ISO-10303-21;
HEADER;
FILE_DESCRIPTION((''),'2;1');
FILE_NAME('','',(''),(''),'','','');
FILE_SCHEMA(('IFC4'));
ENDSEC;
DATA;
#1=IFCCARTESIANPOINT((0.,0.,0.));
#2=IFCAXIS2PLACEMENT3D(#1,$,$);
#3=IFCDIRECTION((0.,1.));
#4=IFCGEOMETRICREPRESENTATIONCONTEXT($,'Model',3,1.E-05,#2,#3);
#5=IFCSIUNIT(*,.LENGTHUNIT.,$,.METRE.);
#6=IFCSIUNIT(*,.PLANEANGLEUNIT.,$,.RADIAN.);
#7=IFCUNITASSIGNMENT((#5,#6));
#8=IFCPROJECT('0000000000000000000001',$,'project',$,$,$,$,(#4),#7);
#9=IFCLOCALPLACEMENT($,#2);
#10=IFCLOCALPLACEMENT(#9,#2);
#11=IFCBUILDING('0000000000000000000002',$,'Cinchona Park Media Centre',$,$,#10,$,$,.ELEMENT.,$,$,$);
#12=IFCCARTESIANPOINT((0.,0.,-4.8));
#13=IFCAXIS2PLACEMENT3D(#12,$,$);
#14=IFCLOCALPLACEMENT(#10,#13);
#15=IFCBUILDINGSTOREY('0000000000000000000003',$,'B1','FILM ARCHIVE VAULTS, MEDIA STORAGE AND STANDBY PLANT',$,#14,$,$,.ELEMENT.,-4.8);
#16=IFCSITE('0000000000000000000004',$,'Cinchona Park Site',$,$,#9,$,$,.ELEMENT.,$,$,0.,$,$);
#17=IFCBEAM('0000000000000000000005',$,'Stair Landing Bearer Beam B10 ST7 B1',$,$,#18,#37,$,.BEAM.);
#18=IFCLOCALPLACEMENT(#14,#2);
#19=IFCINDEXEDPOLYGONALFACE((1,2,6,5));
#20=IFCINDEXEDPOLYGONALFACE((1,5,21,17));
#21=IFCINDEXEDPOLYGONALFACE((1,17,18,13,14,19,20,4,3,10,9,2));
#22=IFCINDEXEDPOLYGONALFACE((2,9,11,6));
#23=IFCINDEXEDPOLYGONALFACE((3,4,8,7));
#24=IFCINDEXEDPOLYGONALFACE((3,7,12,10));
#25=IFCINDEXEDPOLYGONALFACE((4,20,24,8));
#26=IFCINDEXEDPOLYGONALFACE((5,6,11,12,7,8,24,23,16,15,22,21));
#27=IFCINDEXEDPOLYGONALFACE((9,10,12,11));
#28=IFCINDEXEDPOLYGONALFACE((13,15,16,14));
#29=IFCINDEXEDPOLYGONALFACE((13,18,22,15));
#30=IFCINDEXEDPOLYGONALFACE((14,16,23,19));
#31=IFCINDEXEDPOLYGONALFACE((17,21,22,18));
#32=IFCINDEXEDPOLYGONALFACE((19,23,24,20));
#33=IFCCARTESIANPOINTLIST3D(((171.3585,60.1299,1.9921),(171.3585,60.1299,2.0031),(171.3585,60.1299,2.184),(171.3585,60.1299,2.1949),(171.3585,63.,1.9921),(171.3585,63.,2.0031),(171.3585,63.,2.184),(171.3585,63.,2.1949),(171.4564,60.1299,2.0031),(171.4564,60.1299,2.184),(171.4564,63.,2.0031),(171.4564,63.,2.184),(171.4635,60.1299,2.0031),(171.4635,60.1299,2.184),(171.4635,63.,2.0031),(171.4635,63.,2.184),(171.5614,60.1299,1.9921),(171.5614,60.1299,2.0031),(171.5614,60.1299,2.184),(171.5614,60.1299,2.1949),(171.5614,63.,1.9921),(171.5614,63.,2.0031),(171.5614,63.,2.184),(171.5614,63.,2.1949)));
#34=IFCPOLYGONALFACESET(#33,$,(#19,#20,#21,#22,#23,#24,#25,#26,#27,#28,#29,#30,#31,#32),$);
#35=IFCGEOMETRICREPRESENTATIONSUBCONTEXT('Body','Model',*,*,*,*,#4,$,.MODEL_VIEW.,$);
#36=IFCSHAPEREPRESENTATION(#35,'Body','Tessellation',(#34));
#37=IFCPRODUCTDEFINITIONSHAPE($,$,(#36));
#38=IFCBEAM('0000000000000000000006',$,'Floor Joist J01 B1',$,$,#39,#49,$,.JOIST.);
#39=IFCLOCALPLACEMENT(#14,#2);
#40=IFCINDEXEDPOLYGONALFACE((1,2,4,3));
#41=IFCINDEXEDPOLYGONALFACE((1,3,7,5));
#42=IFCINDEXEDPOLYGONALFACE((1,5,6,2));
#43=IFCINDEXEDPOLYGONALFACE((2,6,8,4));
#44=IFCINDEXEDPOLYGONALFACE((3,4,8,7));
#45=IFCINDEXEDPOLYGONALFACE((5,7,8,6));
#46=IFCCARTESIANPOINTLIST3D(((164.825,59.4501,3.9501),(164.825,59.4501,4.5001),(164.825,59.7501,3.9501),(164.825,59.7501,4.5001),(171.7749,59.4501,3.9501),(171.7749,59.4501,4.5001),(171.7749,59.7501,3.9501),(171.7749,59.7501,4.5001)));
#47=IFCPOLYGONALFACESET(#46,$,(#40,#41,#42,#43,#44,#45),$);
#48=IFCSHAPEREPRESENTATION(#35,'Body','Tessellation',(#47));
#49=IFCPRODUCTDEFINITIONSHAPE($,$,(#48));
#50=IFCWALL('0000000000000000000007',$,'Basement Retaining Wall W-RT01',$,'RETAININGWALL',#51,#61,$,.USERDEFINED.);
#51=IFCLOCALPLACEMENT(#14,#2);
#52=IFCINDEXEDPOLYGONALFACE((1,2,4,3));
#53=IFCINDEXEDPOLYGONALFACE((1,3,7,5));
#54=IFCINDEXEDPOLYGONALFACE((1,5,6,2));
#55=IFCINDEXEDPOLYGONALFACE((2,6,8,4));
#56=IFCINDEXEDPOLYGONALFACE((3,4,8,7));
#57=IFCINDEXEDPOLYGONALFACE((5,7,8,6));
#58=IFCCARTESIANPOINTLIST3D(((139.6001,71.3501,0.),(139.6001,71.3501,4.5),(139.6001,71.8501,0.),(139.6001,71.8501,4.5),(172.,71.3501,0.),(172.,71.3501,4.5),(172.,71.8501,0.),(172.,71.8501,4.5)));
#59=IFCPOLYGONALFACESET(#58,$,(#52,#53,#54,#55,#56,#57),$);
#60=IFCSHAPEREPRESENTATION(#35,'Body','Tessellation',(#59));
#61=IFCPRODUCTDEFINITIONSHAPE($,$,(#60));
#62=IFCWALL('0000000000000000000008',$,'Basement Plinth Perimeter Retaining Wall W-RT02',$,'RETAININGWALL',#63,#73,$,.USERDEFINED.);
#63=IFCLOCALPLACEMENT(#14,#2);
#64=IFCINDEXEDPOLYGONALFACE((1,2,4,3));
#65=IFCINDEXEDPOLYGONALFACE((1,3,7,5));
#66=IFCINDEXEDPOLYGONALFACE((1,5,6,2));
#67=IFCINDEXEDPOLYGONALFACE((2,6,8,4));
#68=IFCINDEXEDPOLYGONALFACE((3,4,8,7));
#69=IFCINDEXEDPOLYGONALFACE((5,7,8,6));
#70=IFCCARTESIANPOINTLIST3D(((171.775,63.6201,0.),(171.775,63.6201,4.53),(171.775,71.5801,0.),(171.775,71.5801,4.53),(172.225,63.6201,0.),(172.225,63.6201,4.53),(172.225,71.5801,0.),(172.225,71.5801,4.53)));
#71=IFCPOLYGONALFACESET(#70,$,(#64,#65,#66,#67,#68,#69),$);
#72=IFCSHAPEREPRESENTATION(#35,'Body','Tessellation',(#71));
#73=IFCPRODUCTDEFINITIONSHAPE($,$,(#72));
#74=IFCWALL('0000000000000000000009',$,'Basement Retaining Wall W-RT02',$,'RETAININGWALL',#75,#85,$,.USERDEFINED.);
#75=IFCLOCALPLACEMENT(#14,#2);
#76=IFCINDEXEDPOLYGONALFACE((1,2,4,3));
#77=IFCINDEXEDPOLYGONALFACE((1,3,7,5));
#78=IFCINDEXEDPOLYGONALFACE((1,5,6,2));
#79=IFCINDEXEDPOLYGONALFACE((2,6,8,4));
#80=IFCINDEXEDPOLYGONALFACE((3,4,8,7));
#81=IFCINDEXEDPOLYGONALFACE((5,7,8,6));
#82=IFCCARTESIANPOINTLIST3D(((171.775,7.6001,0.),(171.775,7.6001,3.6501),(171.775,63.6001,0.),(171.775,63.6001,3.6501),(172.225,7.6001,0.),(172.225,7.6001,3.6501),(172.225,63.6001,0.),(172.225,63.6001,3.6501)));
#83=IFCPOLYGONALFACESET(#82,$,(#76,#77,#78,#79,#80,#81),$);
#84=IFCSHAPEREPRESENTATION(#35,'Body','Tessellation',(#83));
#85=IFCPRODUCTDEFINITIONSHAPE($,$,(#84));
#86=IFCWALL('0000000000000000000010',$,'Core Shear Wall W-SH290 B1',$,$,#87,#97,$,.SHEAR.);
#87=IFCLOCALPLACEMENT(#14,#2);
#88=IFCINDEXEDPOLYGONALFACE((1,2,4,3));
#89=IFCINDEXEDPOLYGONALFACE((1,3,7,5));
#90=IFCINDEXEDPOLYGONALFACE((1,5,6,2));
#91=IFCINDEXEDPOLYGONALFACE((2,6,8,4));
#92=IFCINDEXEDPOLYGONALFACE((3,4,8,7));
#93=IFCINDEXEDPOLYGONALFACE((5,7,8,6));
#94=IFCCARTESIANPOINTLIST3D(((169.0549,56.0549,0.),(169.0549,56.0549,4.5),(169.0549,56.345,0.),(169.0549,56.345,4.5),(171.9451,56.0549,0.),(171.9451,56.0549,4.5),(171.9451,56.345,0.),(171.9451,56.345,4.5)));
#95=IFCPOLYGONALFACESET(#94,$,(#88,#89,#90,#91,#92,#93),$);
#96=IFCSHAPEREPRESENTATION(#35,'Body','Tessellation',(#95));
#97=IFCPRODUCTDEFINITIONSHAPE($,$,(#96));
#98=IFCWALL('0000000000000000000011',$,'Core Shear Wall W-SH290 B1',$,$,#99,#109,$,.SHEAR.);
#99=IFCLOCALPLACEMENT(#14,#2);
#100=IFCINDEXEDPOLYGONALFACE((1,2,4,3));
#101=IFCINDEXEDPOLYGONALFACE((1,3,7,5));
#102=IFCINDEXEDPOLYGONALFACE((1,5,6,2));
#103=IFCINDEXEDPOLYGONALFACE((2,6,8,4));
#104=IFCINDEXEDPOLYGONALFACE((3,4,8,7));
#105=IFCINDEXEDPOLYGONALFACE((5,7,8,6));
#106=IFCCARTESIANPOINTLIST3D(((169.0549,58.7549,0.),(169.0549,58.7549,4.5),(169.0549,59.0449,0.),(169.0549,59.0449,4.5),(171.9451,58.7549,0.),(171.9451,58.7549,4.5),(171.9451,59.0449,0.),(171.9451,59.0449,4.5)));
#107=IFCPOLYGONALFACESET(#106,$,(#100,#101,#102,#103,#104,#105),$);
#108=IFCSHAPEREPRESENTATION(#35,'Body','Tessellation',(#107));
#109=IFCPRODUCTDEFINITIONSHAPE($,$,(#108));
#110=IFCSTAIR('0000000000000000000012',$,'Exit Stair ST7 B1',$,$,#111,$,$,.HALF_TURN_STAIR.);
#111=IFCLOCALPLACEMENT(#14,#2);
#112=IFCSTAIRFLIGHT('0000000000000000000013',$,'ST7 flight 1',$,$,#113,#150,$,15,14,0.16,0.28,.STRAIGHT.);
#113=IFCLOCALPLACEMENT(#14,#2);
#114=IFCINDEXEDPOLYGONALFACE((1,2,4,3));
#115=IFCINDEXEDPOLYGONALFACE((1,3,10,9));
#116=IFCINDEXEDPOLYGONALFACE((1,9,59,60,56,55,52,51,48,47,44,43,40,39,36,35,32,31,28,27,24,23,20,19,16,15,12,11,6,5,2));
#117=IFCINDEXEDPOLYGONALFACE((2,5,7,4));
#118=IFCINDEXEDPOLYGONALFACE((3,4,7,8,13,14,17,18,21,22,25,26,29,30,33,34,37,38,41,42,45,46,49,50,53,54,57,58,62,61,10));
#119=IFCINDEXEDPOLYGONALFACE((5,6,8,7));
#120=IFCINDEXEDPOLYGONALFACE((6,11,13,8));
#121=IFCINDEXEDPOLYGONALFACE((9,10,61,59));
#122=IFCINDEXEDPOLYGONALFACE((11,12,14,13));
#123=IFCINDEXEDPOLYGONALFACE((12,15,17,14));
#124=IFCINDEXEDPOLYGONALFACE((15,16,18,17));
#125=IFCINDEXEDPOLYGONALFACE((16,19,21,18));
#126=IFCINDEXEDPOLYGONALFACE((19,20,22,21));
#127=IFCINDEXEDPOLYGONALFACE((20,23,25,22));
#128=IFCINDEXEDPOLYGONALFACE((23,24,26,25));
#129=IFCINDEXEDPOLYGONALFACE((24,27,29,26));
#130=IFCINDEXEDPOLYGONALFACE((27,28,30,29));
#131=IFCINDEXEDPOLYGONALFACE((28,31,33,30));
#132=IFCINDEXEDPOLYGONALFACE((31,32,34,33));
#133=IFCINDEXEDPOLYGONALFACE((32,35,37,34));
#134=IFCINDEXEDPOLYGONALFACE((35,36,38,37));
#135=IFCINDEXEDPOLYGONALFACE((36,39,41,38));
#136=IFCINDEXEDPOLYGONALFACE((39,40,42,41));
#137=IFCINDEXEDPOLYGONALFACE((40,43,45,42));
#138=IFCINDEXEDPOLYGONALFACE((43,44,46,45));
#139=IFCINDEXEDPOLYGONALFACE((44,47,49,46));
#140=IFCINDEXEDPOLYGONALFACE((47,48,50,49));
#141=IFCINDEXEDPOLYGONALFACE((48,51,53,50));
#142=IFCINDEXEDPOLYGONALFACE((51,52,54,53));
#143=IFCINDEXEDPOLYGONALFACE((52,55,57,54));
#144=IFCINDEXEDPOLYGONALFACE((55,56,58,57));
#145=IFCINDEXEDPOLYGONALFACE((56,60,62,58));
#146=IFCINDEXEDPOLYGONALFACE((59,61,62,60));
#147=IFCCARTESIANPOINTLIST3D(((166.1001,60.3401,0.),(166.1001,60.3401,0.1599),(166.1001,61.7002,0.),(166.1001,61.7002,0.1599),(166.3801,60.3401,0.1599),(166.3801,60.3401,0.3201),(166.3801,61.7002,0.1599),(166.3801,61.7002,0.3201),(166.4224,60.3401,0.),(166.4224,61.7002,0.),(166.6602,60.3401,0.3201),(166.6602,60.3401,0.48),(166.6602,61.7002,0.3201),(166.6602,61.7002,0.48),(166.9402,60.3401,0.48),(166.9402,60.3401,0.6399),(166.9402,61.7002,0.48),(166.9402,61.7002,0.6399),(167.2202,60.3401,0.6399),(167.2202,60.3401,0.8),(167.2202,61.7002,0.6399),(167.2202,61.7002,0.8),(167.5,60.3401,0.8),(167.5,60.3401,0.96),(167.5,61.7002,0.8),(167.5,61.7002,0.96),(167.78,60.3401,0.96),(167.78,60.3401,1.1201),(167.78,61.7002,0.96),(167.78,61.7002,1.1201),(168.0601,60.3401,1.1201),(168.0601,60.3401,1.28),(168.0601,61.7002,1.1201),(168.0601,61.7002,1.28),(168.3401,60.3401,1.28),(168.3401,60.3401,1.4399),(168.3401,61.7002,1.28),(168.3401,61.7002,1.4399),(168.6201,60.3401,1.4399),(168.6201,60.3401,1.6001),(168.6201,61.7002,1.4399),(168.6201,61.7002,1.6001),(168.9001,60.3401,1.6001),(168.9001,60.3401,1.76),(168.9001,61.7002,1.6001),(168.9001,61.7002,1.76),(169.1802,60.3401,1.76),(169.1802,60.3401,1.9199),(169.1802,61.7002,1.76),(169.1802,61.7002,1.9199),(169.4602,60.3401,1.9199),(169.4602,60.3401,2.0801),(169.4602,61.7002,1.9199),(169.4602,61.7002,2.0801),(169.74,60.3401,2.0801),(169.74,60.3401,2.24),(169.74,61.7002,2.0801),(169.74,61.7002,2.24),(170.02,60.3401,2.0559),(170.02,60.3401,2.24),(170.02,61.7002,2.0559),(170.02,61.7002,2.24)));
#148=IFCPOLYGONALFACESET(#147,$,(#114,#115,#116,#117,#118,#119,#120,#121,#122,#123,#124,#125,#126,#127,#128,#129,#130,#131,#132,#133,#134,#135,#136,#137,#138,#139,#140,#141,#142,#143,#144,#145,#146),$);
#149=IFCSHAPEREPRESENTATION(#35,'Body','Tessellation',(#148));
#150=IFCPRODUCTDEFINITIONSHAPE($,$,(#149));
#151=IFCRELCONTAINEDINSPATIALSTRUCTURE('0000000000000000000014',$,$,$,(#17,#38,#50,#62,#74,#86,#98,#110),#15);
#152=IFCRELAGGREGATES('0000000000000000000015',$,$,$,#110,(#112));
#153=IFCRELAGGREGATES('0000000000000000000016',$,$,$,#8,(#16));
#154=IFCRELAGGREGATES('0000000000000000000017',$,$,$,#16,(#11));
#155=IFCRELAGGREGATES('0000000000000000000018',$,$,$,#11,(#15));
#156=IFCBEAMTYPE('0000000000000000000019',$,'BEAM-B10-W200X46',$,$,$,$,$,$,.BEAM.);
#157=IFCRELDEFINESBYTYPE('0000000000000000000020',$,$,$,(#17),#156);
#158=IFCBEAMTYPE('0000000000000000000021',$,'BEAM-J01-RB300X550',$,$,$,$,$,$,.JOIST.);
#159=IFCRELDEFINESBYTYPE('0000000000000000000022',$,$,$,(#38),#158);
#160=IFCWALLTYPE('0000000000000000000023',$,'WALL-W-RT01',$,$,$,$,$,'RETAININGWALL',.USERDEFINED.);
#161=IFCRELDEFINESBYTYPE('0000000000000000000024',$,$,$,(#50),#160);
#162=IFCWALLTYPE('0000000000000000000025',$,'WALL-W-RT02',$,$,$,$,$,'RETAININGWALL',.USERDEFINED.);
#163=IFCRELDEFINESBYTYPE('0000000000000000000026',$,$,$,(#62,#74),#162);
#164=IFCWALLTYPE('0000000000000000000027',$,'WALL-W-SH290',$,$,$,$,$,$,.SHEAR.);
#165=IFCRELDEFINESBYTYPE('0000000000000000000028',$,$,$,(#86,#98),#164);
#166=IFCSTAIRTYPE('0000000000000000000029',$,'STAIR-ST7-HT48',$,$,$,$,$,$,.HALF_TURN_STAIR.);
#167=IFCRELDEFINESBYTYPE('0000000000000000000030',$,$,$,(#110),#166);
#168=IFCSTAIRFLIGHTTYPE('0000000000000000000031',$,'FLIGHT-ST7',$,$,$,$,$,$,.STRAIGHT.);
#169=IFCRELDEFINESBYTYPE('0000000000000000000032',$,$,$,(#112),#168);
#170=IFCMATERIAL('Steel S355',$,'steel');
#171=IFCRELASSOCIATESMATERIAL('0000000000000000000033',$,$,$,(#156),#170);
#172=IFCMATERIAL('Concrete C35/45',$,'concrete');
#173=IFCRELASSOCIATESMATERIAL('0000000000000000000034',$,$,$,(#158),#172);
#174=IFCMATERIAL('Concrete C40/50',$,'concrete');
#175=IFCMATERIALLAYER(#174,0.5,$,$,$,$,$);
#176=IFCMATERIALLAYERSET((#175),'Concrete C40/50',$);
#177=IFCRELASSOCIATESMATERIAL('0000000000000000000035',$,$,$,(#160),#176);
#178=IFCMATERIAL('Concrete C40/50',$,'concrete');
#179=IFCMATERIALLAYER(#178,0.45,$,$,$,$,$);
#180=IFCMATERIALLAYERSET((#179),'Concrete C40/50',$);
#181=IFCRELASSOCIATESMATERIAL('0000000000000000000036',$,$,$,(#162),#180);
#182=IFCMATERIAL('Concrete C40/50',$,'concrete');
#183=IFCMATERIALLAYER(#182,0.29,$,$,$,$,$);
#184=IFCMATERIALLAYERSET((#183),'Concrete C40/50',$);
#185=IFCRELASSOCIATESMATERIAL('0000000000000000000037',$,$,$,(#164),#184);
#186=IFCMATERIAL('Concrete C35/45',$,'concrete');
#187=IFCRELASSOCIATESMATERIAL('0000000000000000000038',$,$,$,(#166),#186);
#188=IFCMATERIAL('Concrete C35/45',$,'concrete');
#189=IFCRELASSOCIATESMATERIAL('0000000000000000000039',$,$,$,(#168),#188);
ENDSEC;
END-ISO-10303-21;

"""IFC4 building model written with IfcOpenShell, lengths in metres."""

from ifc_helpers import new_model, si_unit, direction, frame, frame_2d, origin, origin_2d, place, context, subcontext, project, spatial, polyline, rectangle, i_section, outline, extrude, material, layer, layer_set, material_profile, profile_set, type_object, element, aggregate, save


model = new_model("IFC4")

# Units and contexts
model_context = context("Model", 3, precision=1e-05, world=origin(), true_north=direction((0.0, 1.0)))
body_context = subcontext(model_context, "Body", "Model", "MODEL_VIEW")
ifc_project = project(units=[si_unit("LENGTHUNIT", "METRE"), si_unit("PLANEANGLEUNIT", "RADIAN")], contexts=[model_context])

# Site, building, storey
site_placement = place(None, origin())
site = spatial("IfcSite", under=ifc_project, at=site_placement, Name="Cinchona Park Site", CompositionType="ELEMENT", RefElevation=0.0)
building_placement = place(site_placement, origin())
building = spatial("IfcBuilding", under=site, at=building_placement, Name="Cinchona Park Media Centre", CompositionType="ELEMENT")
storey_placement = place(building_placement, frame((0.0, 0.0, -4.8)))
storey = spatial("IfcBuildingStorey", under=building, at=storey_placement, Name="B1", Description="FILM ARCHIVE VAULTS, MEDIA STORAGE AND STANDBY PLANT", CompositionType="ELEMENT", Elevation=-4.8)

# Beams
ifc_material_1 = material(Name="Steel S355", Category="steel")
ifc_material_profile_1 = material_profile(ifc_material_1, i_section(OverallWidth=0.2029, OverallDepth=0.2029, WebThickness=0.0071, FlangeThickness=0.011, at=origin_2d()), Name="W200X46")
ifc_profile_set_1 = profile_set([ifc_material_profile_1], Name="Steel S355")
beam_type_1 = type_object("IfcBeamType", Name="BEAM-B10-W200X46", PredefinedType="BEAM", material=ifc_profile_set_1)
for number, where, z_axis, x_axis, name in (
    (1, (171.46, 60.1299, 2.0935), (0.0, 1.0, 0.0), (-1.0, 0.0, 0.0), "Stair Landing Bearer Beam B10 ST7 B1"),
):
    element("IfcBeam", number, at=place(storey_placement, frame(where, z_axis=z_axis, x_axis=x_axis)), inside=storey, type_object=beam_type_1, Name=name, PredefinedType="BEAM", context=body_context, shape_type="SweptSolid", body=[
        extrude(i_section(OverallWidth=0.2029, OverallDepth=0.2029, WebThickness=0.0071, FlangeThickness=0.011, at=origin_2d()), origin(), (0.0, 0.0, 1.0), 2.8701),
    ])
ifc_material_2 = material(Name="Concrete C35/45", Category="concrete")
ifc_material_profile_2 = material_profile(ifc_material_2, rectangle(XDim=0.3, YDim=0.55, at=origin_2d()), Name="RB 300X550")
ifc_profile_set_2 = profile_set([ifc_material_profile_2], Name="Concrete C35/45")
beam_type_2 = type_object("IfcBeamType", Name="BEAM-J01-RB300X550", PredefinedType="JOIST", material=ifc_profile_set_2)
beam_1_placement = place(storey_placement, frame((164.825, 59.6001, 4.2251), z_axis=(1.0, 0.0, 0.0), x_axis=(0.0, 1.0, 0.0)))
element("IfcBeam", 2, at=beam_1_placement, inside=storey, type_object=beam_type_2, Name="Floor Joist J01 B1", PredefinedType="JOIST", context=body_context, shape_type="SweptSolid", body=[
    extrude(rectangle(XDim=0.3, YDim=0.55, at=origin_2d()), origin(), (0.0, 0.0, 1.0), 6.95),
])

# Walls
ifc_material_3 = material(Name="Concrete C40/50", Category="concrete")
ifc_layer_1 = layer(ifc_material_3, 0.5)
ifc_layer_set_1 = layer_set([ifc_layer_1], Name="Concrete C40/50")
wall_type_1 = type_object("IfcWallType", Name="WALL-W-RT01", ElementType="RETAININGWALL", PredefinedType="USERDEFINED", material=ifc_layer_set_1)
wall_1_placement = place(storey_placement, frame((172.0, 71.6001, 0.0), z_axis=(0.0, 0.0, 1.0), x_axis=(-1.0, 0.0, 0.0)))
element("IfcWall", 3, at=wall_1_placement, inside=storey, type_object=wall_type_1, Name="Basement Retaining Wall W-RT01", ObjectType="RETAININGWALL", PredefinedType="USERDEFINED", context=body_context, shape_type="SweptSolid", body=[
    extrude(rectangle(XDim=32.3999, YDim=0.5, at=frame_2d((16.2, 0.0))), origin(), (0.0, 0.0, 1.0), 4.5),
])
ifc_material_4 = material(Name="Concrete C40/50", Category="concrete")
ifc_layer_2 = layer(ifc_material_4, 0.45)
ifc_layer_set_2 = layer_set([ifc_layer_2], Name="Concrete C40/50")
wall_type_2 = type_object("IfcWallType", Name="WALL-W-RT02", ElementType="RETAININGWALL", PredefinedType="USERDEFINED", material=ifc_layer_set_2)
wall_2_placement = place(storey_placement, frame((172.0, 63.6201, 0.0), z_axis=(0.0, 0.0, 1.0), x_axis=(0.0, 1.0, 0.0)))
element("IfcWall", 4, at=wall_2_placement, inside=storey, type_object=wall_type_2, Name="Basement Plinth Perimeter Retaining Wall W-RT02", ObjectType="RETAININGWALL", PredefinedType="USERDEFINED", context=body_context, shape_type="SweptSolid", body=[
    extrude(rectangle(XDim=7.96, YDim=0.45, at=frame_2d((3.98, 0.0))), origin(), (0.0, 0.0, 1.0), 4.53),
])
wall_3_placement = place(storey_placement, frame((172.0, 63.6001, 0.0), z_axis=(0.0, 0.0, 1.0), x_axis=(0.0, -1.0, 0.0)))
element("IfcWall", 5, at=wall_3_placement, inside=storey, type_object=wall_type_2, Name="Basement Retaining Wall W-RT02", ObjectType="RETAININGWALL", PredefinedType="USERDEFINED", context=body_context, shape_type="SweptSolid", body=[
    extrude(rectangle(XDim=56.0, YDim=0.45, at=frame_2d((28.0, 0.0))), origin(), (0.0, 0.0, 1.0), 3.6501),
])
ifc_material_5 = material(Name="Concrete C40/50", Category="concrete")
ifc_layer_3 = layer(ifc_material_5, 0.29)
ifc_layer_set_3 = layer_set([ifc_layer_3], Name="Concrete C40/50")
wall_type_3 = type_object("IfcWallType", Name="WALL-W-SH290", PredefinedType="SHEAR", material=ifc_layer_set_3)
for number, where, z_axis, x_axis, name in (
    (6, (169.0549, 56.2, 0.0), (0.0, 0.0, 1.0), (1.0, 0.0, 0.0), "Core Shear Wall W-SH290 B1"),
    (7, (169.0549, 58.8999, 0.0), (0.0, 0.0, 1.0), (1.0, 0.0, 0.0), "Core Shear Wall W-SH290 B1"),
):
    element("IfcWall", number, at=place(storey_placement, frame(where, z_axis=z_axis, x_axis=x_axis)), inside=storey, type_object=wall_type_3, Name=name, PredefinedType="SHEAR", context=body_context, shape_type="SweptSolid", body=[
        extrude(rectangle(XDim=2.8901, YDim=0.29, at=frame_2d((1.4451, 0.0))), origin(), (0.0, 0.0, 1.0), 4.5),
    ])

# Stair, stair flight
ifc_material_6 = material(Name="Concrete C35/45", Category="concrete")
stair_type = type_object("IfcStairType", Name="STAIR-ST7-HT48", PredefinedType="HALF_TURN_STAIR", material=ifc_material_6)
stair_placement = place(storey_placement, origin())
stair = element("IfcStair", 8, at=stair_placement, inside=storey, type_object=stair_type, Name="Exit Stair ST7 B1", PredefinedType="HALF_TURN_STAIR")
ifc_material_7 = material(Name="Concrete C35/45", Category="concrete")
stair_flight_type = type_object("IfcStairFlightType", Name="FLIGHT-ST7", PredefinedType="STRAIGHT", material=ifc_material_7)
stair_flight_1_placement = place(storey_placement, frame((166.1001, 61.02, 0.0), z_axis=(0.0, 0.0, 1.0), x_axis=(1.0, 0.0, 0.0)))
stair_flight_1 = element("IfcStairFlight", 9, at=stair_flight_1_placement, type_object=stair_flight_type, Name="ST7 flight 1", NumberOfRisers=15, NumberOfTreads=14, PredefinedType="STRAIGHT", RiserHeight=0.16, TreadLength=0.28, context=body_context, shape_type="SweptSolid", body=[
    extrude(outline(polyline([(0.0, 0.0), (0.0, 0.1599), (0.28, 0.1599), (0.28, 0.3201), (0.5601, 0.3201), (0.5601, 0.48), (0.8401, 0.48), (0.8401, 0.6399), (1.1201, 0.6399), (1.1201, 0.8), (1.3999, 0.8), (1.3999, 0.96), (1.6799, 0.96), (1.6799, 1.1201), (1.96, 1.1201), (1.96, 1.28), (2.24, 1.28), (2.24, 1.4399), (2.52, 1.4399), (2.52, 1.6001), (2.8, 1.6001), (2.8, 1.76), (3.0801, 1.76), (3.0801, 1.9199), (3.3601, 1.9199), (3.3601, 2.0801), (3.6399, 2.0801), (3.6399, 2.24), (3.9199, 2.24), (3.9199, 2.3999), (3.9199, 2.0559), (0.3223, 0.0), (0.0, 0.0)])), frame((0.0, 0.6802, 0.0), z_axis=(0.0, -1.0, 0.0), x_axis=(1.0, 0.0, 0.0)), (0.0, 0.0, 1.0), 1.3601),
])
aggregate(stair, [stair_flight_1])

save(model, "model.ifc")
